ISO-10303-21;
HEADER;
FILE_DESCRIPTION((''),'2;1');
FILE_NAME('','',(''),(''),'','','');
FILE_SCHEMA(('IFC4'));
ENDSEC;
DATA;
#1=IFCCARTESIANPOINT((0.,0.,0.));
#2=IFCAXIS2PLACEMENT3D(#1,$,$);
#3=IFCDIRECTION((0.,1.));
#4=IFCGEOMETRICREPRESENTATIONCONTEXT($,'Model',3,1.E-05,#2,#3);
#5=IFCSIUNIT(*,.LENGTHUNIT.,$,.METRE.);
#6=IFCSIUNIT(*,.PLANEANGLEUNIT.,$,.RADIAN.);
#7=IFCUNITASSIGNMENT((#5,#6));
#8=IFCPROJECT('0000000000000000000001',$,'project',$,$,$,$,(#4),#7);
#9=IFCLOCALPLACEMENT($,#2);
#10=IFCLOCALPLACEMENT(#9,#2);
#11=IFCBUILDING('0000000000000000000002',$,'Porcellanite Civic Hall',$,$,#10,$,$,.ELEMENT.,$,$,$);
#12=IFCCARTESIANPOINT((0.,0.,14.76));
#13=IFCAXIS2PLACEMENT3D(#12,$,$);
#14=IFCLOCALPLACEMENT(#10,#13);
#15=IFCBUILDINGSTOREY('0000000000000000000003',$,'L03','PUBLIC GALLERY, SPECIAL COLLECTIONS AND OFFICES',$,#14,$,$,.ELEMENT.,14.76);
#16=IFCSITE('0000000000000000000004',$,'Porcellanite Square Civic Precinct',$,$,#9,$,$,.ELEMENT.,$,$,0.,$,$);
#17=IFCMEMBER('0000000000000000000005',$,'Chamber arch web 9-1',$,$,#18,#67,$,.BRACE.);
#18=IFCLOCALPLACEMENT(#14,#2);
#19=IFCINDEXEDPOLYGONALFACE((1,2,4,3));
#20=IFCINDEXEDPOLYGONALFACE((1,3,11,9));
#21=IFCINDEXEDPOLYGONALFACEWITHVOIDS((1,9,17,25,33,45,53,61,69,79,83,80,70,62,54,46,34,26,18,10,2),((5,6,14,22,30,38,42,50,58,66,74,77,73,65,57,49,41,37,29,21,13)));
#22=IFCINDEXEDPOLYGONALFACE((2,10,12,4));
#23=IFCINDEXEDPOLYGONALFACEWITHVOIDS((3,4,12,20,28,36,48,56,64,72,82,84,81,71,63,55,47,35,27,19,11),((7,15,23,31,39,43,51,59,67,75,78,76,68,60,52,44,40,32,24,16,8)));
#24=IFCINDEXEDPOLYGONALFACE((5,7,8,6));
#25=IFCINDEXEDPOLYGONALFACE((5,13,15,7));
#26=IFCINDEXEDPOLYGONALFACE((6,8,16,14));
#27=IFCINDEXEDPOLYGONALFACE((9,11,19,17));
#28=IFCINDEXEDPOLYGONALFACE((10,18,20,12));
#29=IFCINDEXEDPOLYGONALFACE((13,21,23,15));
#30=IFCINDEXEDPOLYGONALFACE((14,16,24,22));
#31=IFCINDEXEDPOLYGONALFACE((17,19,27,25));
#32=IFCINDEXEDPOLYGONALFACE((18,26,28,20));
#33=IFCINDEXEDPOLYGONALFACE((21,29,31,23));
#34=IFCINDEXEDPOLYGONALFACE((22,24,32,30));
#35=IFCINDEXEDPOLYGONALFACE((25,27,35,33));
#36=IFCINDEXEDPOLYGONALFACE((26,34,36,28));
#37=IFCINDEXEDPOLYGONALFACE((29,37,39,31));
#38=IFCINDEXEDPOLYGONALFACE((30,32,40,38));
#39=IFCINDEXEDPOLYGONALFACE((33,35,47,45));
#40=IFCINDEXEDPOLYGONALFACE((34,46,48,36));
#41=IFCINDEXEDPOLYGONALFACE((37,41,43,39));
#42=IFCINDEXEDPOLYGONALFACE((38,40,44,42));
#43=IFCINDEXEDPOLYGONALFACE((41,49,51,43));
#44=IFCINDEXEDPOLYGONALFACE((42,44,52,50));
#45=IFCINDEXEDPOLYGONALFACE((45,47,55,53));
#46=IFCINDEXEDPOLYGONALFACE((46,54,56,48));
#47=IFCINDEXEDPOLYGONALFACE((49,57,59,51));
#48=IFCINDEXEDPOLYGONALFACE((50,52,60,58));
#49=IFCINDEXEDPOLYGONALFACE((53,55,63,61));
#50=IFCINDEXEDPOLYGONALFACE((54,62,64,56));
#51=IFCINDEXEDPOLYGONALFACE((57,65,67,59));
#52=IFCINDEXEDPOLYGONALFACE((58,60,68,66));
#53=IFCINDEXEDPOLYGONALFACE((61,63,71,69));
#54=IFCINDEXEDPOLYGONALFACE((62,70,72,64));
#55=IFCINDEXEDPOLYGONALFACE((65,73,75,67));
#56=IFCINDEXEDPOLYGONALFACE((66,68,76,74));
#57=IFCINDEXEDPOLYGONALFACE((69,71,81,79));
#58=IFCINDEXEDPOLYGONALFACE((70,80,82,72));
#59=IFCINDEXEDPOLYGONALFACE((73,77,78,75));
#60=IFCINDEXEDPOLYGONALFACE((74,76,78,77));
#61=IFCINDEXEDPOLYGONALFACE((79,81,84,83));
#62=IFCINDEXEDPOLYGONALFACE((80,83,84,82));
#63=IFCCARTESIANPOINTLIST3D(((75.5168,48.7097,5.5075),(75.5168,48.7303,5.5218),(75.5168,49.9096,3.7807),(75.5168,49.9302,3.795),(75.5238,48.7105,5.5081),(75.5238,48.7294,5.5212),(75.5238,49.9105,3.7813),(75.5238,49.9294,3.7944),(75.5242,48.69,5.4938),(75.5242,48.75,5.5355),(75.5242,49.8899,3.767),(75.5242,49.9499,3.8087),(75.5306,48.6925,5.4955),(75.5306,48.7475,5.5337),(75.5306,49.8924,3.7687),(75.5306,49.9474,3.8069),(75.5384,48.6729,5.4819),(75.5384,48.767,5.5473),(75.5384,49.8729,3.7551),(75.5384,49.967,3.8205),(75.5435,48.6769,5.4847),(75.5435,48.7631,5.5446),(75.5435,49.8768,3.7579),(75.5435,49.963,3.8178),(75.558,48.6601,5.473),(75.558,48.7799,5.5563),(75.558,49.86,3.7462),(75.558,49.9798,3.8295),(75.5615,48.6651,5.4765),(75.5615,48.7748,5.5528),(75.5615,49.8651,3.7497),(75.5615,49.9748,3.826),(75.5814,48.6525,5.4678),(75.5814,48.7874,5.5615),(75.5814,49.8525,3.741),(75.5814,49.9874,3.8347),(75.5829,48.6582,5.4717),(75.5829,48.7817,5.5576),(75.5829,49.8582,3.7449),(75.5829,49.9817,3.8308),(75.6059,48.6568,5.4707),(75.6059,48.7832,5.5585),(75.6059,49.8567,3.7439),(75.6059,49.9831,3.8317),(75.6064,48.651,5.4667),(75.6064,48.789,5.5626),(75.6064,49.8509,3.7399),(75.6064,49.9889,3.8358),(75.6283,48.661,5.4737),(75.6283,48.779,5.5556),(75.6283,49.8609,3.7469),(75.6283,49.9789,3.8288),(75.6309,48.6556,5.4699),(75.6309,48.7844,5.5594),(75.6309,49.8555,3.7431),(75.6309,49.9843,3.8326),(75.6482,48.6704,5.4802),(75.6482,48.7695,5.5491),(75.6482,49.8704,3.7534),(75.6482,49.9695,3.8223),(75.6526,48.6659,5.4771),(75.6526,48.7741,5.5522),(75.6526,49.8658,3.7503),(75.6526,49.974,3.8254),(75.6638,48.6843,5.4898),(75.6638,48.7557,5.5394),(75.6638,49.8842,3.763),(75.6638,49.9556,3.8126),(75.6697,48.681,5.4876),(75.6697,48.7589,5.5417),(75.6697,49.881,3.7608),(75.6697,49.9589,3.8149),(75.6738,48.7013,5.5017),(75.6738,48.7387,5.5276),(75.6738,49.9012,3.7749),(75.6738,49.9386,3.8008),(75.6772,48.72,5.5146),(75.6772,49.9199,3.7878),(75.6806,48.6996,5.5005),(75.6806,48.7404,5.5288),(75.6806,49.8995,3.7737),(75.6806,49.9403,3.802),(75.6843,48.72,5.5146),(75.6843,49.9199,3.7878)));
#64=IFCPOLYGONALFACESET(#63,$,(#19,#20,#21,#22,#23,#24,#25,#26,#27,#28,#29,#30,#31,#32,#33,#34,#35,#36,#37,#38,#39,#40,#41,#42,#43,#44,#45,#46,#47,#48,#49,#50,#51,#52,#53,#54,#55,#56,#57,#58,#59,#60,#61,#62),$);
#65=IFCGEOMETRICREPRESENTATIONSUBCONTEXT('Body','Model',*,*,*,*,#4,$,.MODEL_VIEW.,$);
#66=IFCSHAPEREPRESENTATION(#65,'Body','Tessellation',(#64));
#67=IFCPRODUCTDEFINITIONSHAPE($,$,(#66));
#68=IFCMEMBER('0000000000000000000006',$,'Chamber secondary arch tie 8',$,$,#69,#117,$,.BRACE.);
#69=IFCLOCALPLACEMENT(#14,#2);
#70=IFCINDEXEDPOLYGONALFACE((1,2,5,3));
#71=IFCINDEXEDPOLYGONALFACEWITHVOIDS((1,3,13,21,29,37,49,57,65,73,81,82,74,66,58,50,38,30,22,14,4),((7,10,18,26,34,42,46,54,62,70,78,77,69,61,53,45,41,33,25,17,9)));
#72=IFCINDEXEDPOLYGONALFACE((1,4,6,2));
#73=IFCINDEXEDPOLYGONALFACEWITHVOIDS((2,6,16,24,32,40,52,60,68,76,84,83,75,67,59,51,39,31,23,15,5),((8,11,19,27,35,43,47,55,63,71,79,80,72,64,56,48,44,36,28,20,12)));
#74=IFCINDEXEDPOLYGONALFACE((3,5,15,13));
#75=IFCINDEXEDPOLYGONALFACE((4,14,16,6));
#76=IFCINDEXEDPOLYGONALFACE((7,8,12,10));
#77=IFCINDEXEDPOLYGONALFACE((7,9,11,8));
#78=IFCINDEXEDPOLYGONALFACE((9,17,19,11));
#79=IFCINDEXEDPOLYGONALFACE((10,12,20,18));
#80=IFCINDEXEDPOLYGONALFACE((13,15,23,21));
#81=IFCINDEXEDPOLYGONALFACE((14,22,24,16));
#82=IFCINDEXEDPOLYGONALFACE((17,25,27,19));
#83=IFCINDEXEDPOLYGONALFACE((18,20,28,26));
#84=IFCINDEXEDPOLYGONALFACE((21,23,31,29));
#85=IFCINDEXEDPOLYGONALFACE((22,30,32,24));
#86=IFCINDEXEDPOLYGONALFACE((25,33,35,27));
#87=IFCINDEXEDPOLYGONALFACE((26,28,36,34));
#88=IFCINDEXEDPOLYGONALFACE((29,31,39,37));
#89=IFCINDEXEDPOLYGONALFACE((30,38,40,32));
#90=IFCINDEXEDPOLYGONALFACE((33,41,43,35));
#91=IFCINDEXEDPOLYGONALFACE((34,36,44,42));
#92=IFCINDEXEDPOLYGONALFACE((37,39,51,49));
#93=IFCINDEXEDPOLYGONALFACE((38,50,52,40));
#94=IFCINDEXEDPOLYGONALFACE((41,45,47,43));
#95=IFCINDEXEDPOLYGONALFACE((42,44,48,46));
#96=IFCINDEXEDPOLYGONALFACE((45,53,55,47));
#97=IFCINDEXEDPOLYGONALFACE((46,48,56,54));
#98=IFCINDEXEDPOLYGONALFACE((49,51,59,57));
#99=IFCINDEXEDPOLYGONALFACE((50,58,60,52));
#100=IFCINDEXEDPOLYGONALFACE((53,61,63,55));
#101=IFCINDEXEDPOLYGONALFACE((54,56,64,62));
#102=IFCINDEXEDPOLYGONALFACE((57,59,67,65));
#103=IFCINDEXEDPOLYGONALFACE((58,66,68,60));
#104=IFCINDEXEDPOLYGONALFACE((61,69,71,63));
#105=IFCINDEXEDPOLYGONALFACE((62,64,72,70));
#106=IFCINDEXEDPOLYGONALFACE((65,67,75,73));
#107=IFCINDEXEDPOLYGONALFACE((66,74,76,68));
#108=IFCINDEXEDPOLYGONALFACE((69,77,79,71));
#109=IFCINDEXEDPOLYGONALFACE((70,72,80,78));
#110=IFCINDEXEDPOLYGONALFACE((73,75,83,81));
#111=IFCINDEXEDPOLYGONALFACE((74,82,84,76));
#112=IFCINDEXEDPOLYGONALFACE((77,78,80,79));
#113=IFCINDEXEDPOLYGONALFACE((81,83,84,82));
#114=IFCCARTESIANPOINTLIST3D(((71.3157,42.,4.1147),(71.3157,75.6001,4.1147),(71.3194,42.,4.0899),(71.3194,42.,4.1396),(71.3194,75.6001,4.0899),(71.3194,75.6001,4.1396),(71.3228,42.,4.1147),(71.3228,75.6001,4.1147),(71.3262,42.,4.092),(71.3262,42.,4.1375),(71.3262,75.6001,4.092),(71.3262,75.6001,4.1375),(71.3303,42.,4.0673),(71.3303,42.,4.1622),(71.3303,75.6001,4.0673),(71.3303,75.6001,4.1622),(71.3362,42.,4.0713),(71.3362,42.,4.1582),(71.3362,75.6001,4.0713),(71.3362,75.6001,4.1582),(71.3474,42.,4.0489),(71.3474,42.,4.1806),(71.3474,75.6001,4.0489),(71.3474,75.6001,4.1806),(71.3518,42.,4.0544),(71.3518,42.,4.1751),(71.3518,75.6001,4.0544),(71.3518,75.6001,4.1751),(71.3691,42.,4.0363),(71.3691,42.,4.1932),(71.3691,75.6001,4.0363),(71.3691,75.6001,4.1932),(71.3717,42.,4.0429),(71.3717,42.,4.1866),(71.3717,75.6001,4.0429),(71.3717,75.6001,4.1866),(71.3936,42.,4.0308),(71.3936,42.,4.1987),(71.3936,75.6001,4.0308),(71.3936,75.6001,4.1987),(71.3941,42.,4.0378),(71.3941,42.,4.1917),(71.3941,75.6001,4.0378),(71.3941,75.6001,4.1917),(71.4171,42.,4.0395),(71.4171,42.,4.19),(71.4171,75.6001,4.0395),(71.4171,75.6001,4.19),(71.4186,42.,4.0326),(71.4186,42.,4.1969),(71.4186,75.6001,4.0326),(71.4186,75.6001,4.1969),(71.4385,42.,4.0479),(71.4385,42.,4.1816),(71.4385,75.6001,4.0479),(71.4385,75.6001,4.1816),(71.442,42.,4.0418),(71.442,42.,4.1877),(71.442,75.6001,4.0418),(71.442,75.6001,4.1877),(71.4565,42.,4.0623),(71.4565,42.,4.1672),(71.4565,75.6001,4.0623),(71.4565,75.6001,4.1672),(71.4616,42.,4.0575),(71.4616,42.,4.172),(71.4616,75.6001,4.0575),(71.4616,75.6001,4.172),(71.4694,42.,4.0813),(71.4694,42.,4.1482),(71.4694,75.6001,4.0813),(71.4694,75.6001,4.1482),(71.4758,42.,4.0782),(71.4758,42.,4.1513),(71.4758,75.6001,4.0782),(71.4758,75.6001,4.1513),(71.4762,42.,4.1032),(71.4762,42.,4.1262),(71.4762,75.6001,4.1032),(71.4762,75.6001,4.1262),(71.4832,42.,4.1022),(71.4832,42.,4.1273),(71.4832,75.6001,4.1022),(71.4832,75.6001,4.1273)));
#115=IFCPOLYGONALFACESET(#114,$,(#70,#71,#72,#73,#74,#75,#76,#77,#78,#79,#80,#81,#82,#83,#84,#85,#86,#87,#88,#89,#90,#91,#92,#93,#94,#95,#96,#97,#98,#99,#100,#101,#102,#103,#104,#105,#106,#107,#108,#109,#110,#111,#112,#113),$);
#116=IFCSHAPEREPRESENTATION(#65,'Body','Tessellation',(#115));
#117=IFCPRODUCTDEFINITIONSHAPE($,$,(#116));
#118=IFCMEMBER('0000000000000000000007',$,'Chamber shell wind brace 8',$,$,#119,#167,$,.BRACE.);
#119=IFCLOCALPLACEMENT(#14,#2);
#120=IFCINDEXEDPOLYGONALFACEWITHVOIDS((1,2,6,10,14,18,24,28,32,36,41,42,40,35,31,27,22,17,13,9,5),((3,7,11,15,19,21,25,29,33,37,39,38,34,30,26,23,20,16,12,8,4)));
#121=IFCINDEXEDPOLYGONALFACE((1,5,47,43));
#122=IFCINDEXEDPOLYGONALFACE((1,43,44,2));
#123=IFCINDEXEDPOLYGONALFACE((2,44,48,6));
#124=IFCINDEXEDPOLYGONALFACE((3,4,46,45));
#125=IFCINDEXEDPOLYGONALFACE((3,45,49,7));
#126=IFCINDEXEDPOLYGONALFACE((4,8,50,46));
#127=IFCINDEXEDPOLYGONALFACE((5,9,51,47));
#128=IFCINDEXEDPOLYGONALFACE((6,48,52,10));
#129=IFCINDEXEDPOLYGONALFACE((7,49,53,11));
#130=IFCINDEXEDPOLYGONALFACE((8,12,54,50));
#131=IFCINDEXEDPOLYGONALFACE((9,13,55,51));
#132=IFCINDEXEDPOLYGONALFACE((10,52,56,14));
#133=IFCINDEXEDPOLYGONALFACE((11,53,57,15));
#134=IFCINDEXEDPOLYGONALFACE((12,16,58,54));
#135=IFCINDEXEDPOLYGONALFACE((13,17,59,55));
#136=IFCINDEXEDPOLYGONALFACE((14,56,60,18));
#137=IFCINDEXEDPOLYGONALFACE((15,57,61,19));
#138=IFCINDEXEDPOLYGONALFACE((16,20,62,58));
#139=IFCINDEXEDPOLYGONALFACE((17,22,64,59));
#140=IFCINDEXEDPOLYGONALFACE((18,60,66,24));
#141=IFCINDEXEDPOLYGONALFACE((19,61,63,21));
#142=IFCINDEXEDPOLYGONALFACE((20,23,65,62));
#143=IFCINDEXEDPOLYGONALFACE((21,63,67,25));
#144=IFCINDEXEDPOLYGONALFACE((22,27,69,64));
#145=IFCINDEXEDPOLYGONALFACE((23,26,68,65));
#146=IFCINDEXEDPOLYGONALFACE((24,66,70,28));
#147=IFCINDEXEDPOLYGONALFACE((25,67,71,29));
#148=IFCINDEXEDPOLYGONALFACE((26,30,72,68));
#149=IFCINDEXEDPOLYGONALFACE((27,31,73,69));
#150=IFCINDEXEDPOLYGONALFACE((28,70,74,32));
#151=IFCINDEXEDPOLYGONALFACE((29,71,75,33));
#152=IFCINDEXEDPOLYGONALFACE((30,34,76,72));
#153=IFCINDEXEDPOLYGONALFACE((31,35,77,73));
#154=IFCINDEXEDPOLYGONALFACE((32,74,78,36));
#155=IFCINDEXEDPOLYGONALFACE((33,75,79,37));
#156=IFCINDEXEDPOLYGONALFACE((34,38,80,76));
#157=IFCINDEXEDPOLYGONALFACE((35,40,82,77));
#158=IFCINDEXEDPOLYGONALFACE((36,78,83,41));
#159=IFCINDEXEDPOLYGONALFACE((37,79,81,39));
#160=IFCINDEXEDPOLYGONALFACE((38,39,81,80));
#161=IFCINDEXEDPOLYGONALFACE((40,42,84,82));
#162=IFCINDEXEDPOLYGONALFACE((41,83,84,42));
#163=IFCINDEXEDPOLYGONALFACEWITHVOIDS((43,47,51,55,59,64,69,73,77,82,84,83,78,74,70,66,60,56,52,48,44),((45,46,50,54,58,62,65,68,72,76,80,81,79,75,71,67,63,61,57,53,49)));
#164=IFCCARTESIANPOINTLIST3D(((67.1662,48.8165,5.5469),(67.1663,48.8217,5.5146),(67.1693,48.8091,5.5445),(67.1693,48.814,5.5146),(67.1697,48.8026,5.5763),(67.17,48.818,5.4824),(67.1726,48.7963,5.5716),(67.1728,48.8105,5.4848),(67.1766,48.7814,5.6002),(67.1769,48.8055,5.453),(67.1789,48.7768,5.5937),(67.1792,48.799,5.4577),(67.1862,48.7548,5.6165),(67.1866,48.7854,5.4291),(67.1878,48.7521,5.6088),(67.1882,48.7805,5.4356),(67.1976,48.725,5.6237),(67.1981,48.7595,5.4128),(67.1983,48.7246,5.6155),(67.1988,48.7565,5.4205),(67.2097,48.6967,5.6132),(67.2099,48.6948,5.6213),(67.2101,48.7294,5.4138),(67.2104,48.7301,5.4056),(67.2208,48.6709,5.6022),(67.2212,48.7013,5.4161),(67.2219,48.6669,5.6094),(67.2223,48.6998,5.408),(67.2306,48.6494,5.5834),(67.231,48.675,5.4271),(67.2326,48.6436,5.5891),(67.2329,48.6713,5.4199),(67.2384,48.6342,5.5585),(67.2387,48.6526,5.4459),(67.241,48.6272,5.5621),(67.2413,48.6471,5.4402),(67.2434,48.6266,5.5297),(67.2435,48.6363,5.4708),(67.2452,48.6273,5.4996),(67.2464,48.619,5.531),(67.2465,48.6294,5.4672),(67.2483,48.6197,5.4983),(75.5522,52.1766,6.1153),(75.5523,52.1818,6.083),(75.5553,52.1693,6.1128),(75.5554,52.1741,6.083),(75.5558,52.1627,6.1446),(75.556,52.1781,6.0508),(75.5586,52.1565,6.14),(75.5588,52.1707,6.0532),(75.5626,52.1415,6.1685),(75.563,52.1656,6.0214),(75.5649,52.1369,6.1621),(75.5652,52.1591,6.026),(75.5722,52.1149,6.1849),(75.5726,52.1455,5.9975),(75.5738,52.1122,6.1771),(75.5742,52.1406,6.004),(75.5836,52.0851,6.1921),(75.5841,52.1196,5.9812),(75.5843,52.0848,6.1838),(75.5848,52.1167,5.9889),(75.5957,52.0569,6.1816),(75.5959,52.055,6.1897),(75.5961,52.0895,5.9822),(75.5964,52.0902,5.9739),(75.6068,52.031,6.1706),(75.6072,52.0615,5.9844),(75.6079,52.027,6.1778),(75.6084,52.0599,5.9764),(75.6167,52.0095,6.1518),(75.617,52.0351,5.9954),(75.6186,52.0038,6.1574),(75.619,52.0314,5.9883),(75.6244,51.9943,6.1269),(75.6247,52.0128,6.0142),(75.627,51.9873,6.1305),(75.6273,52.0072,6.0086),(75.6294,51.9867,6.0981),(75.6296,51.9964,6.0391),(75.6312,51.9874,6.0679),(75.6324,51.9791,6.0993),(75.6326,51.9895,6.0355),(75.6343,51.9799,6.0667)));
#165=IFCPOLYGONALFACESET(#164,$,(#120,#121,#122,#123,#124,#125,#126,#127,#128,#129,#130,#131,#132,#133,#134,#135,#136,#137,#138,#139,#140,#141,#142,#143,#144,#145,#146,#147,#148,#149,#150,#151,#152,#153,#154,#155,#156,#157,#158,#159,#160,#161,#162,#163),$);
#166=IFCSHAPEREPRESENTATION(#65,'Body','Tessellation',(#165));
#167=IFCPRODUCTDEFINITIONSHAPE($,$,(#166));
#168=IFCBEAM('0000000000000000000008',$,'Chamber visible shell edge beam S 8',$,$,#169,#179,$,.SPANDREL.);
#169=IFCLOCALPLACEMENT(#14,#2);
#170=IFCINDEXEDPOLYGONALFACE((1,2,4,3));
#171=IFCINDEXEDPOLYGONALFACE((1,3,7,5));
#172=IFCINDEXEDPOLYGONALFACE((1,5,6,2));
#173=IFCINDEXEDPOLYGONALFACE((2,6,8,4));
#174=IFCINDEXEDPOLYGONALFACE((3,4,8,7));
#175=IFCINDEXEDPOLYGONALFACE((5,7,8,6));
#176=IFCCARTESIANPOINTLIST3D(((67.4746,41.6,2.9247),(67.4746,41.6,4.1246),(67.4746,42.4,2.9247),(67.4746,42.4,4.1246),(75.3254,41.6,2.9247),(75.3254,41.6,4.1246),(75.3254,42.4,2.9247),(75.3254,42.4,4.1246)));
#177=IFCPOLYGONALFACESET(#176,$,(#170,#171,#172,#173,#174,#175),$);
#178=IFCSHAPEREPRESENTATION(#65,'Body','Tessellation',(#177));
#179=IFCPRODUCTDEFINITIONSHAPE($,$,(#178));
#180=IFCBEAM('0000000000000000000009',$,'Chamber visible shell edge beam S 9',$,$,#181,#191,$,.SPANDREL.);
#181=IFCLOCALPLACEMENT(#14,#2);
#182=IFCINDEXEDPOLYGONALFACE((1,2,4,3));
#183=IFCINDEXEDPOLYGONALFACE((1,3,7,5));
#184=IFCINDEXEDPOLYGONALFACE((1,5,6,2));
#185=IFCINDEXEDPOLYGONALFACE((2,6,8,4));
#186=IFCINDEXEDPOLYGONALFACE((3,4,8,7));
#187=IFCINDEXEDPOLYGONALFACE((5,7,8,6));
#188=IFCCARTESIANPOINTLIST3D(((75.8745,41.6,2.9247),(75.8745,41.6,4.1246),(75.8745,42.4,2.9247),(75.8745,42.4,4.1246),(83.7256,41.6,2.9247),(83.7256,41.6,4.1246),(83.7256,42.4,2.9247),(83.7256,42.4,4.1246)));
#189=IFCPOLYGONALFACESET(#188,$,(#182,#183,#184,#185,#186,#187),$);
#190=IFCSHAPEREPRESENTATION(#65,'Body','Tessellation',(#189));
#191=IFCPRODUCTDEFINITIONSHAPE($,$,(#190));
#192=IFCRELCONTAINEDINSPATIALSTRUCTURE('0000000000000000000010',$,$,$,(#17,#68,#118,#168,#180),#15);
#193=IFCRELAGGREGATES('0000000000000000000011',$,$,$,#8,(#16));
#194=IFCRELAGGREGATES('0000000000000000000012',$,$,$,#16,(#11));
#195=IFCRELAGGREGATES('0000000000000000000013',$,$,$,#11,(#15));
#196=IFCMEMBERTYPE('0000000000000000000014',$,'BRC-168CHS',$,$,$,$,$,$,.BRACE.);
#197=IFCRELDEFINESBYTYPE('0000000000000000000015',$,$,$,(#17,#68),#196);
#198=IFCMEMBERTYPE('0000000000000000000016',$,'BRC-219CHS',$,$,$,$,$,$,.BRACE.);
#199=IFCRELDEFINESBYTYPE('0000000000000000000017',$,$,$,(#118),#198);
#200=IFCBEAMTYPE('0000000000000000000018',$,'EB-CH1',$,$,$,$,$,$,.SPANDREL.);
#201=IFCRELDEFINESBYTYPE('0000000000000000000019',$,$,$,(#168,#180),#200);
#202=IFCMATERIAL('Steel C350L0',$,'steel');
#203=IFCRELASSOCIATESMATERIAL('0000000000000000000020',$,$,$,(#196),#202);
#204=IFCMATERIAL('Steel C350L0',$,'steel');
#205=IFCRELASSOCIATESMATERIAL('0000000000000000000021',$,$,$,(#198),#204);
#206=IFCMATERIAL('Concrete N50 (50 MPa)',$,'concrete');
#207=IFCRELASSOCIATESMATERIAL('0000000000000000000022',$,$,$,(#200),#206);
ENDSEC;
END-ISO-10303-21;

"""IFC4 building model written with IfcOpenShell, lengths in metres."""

from ifc_helpers import new_model, si_unit, direction, frame, origin, origin_2d, place, context, subcontext, project, spatial, rectangle, hollow_circle, extrude, material, material_profile, profile_set, type_object, element, save


model = new_model("IFC4")

# Units and contexts
model_context = context("Model", 3, precision=1e-05, world=origin(), true_north=direction((0.0, 1.0)))
body_context = subcontext(model_context, "Body", "Model", "MODEL_VIEW")
ifc_project = project(units=[si_unit("LENGTHUNIT", "METRE"), si_unit("PLANEANGLEUNIT", "RADIAN")], contexts=[model_context])

# Site, building, storey
site_placement = place(None, origin())
site = spatial("IfcSite", under=ifc_project, at=site_placement, Name="Porcellanite Square Civic Precinct", CompositionType="ELEMENT", RefElevation=0.0)
building_placement = place(site_placement, origin())
building = spatial("IfcBuilding", under=site, at=building_placement, Name="Porcellanite Civic Hall", CompositionType="ELEMENT")
storey_placement = place(building_placement, frame((0.0, 0.0, 14.76)))
storey = spatial("IfcBuildingStorey", under=building, at=storey_placement, Name="L03", Description="PUBLIC GALLERY, SPECIAL COLLECTIONS AND OFFICES", CompositionType="ELEMENT", Elevation=14.76)

# Members
ifc_material_1 = material(Name="Steel C350L0", Category="steel")
ifc_material_profile_1 = material_profile(ifc_material_1, hollow_circle(Radius=0.0842, WallThickness=0.0071, at=origin_2d()), Name="168.3x7.1CHS")
ifc_profile_set_1 = profile_set([ifc_material_profile_1], Name="Steel C350L0")
member_type_1 = type_object("IfcMemberType", Name="BRC-168CHS", PredefinedType="BRACE", material=ifc_profile_set_1)
member_1_placement = place(storey_placement, frame((75.6001, 49.9199, 3.7878), z_axis=(0.0, -0.570646, 0.821196), x_axis=(1.0, 0.0, 0.0)))
element("IfcMember", 1, at=member_1_placement, inside=storey, type_object=member_type_1, Name="Chamber arch web 9-1", PredefinedType="BRACE", context=body_context, shape_type="SweptSolid", body=[
    extrude(hollow_circle(Radius=0.0842, WallThickness=0.0071, at=origin_2d()), origin(), (0.0, 0.0, 1.0), 2.1028),
])
member_2_placement = place(storey_placement, frame((71.3999, 42.0, 4.1147), z_axis=(0.0, 1.0, 0.0), x_axis=(-1.0, 0.0, 0.0)))
element("IfcMember", 2, at=member_2_placement, inside=storey, type_object=member_type_1, Name="Chamber secondary arch tie 8", PredefinedType="BRACE", context=body_context, shape_type="SweptSolid", body=[
    extrude(hollow_circle(Radius=0.0842, WallThickness=0.0071, at=origin_2d()), origin(), (0.0, 0.0, 1.0), 33.6001),
])
ifc_material_2 = material(Name="Steel C350L0", Category="steel")
ifc_material_profile_2 = material_profile(ifc_material_2, hollow_circle(Radius=0.1096, WallThickness=0.0083, at=origin_2d()), Name="219.1x8.2CHS")
ifc_profile_set_2 = profile_set([ifc_material_profile_2], Name="Steel C350L0")
member_type_2 = type_object("IfcMemberType", Name="BRC-219CHS", PredefinedType="BRACE", material=ifc_profile_set_2)
member_3_placement = place(storey_placement, frame((67.207, 48.72, 5.5146), z_axis=(0.926427, 0.371202, 0.062788), x_axis=(-0.371936, 0.928258, 0.0)))
element("IfcMember", 3, at=member_3_placement, inside=storey, type_object=member_type_2, Name="Chamber shell wind brace 8", PredefinedType="BRACE", context=body_context, shape_type="SweptSolid", body=[
    extrude(hollow_circle(Radius=0.1096, WallThickness=0.0083, at=origin_2d()), origin(), (0.0, 0.0, 1.0), 9.052),
])

# Beams
ifc_material_3 = material(Name="Concrete N50 (50 MPa)", Category="concrete")
ifc_material_profile_3 = material_profile(ifc_material_3, rectangle(XDim=0.8, YDim=1.2, at=origin_2d()), Name="RC-800x1200")
ifc_profile_set_3 = profile_set([ifc_material_profile_3], Name="Concrete N50 (50 MPa)")
beam_type_1 = type_object("IfcBeamType", Name="EB-CH1", PredefinedType="SPANDREL", material=ifc_profile_set_3)
beam_1_placement = place(storey_placement, frame((67.4746, 42.0, 3.5247), z_axis=(1.0, 0.0, 0.0), x_axis=(0.0, 1.0, 0.0)))
element("IfcBeam", 4, at=beam_1_placement, inside=storey, type_object=beam_type_1, Name="Chamber visible shell edge beam S 8", PredefinedType="SPANDREL", context=body_context, shape_type="SweptSolid", body=[
    extrude(rectangle(XDim=0.8, YDim=1.2, at=origin_2d()), origin(), (0.0, 0.0, 1.0), 7.8508),
])
beam_2_placement = place(storey_placement, frame((75.8745, 42.0, 3.5247), z_axis=(1.0, 0.0, 0.0), x_axis=(0.0, 1.0, 0.0)))
element("IfcBeam", 5, at=beam_2_placement, inside=storey, type_object=beam_type_1, Name="Chamber visible shell edge beam S 9", PredefinedType="SPANDREL", context=body_context, shape_type="SweptSolid", body=[
    extrude(rectangle(XDim=0.8, YDim=1.2, at=origin_2d()), origin(), (0.0, 0.0, 1.0), 7.8511),
])

save(model, "model.ifc")
